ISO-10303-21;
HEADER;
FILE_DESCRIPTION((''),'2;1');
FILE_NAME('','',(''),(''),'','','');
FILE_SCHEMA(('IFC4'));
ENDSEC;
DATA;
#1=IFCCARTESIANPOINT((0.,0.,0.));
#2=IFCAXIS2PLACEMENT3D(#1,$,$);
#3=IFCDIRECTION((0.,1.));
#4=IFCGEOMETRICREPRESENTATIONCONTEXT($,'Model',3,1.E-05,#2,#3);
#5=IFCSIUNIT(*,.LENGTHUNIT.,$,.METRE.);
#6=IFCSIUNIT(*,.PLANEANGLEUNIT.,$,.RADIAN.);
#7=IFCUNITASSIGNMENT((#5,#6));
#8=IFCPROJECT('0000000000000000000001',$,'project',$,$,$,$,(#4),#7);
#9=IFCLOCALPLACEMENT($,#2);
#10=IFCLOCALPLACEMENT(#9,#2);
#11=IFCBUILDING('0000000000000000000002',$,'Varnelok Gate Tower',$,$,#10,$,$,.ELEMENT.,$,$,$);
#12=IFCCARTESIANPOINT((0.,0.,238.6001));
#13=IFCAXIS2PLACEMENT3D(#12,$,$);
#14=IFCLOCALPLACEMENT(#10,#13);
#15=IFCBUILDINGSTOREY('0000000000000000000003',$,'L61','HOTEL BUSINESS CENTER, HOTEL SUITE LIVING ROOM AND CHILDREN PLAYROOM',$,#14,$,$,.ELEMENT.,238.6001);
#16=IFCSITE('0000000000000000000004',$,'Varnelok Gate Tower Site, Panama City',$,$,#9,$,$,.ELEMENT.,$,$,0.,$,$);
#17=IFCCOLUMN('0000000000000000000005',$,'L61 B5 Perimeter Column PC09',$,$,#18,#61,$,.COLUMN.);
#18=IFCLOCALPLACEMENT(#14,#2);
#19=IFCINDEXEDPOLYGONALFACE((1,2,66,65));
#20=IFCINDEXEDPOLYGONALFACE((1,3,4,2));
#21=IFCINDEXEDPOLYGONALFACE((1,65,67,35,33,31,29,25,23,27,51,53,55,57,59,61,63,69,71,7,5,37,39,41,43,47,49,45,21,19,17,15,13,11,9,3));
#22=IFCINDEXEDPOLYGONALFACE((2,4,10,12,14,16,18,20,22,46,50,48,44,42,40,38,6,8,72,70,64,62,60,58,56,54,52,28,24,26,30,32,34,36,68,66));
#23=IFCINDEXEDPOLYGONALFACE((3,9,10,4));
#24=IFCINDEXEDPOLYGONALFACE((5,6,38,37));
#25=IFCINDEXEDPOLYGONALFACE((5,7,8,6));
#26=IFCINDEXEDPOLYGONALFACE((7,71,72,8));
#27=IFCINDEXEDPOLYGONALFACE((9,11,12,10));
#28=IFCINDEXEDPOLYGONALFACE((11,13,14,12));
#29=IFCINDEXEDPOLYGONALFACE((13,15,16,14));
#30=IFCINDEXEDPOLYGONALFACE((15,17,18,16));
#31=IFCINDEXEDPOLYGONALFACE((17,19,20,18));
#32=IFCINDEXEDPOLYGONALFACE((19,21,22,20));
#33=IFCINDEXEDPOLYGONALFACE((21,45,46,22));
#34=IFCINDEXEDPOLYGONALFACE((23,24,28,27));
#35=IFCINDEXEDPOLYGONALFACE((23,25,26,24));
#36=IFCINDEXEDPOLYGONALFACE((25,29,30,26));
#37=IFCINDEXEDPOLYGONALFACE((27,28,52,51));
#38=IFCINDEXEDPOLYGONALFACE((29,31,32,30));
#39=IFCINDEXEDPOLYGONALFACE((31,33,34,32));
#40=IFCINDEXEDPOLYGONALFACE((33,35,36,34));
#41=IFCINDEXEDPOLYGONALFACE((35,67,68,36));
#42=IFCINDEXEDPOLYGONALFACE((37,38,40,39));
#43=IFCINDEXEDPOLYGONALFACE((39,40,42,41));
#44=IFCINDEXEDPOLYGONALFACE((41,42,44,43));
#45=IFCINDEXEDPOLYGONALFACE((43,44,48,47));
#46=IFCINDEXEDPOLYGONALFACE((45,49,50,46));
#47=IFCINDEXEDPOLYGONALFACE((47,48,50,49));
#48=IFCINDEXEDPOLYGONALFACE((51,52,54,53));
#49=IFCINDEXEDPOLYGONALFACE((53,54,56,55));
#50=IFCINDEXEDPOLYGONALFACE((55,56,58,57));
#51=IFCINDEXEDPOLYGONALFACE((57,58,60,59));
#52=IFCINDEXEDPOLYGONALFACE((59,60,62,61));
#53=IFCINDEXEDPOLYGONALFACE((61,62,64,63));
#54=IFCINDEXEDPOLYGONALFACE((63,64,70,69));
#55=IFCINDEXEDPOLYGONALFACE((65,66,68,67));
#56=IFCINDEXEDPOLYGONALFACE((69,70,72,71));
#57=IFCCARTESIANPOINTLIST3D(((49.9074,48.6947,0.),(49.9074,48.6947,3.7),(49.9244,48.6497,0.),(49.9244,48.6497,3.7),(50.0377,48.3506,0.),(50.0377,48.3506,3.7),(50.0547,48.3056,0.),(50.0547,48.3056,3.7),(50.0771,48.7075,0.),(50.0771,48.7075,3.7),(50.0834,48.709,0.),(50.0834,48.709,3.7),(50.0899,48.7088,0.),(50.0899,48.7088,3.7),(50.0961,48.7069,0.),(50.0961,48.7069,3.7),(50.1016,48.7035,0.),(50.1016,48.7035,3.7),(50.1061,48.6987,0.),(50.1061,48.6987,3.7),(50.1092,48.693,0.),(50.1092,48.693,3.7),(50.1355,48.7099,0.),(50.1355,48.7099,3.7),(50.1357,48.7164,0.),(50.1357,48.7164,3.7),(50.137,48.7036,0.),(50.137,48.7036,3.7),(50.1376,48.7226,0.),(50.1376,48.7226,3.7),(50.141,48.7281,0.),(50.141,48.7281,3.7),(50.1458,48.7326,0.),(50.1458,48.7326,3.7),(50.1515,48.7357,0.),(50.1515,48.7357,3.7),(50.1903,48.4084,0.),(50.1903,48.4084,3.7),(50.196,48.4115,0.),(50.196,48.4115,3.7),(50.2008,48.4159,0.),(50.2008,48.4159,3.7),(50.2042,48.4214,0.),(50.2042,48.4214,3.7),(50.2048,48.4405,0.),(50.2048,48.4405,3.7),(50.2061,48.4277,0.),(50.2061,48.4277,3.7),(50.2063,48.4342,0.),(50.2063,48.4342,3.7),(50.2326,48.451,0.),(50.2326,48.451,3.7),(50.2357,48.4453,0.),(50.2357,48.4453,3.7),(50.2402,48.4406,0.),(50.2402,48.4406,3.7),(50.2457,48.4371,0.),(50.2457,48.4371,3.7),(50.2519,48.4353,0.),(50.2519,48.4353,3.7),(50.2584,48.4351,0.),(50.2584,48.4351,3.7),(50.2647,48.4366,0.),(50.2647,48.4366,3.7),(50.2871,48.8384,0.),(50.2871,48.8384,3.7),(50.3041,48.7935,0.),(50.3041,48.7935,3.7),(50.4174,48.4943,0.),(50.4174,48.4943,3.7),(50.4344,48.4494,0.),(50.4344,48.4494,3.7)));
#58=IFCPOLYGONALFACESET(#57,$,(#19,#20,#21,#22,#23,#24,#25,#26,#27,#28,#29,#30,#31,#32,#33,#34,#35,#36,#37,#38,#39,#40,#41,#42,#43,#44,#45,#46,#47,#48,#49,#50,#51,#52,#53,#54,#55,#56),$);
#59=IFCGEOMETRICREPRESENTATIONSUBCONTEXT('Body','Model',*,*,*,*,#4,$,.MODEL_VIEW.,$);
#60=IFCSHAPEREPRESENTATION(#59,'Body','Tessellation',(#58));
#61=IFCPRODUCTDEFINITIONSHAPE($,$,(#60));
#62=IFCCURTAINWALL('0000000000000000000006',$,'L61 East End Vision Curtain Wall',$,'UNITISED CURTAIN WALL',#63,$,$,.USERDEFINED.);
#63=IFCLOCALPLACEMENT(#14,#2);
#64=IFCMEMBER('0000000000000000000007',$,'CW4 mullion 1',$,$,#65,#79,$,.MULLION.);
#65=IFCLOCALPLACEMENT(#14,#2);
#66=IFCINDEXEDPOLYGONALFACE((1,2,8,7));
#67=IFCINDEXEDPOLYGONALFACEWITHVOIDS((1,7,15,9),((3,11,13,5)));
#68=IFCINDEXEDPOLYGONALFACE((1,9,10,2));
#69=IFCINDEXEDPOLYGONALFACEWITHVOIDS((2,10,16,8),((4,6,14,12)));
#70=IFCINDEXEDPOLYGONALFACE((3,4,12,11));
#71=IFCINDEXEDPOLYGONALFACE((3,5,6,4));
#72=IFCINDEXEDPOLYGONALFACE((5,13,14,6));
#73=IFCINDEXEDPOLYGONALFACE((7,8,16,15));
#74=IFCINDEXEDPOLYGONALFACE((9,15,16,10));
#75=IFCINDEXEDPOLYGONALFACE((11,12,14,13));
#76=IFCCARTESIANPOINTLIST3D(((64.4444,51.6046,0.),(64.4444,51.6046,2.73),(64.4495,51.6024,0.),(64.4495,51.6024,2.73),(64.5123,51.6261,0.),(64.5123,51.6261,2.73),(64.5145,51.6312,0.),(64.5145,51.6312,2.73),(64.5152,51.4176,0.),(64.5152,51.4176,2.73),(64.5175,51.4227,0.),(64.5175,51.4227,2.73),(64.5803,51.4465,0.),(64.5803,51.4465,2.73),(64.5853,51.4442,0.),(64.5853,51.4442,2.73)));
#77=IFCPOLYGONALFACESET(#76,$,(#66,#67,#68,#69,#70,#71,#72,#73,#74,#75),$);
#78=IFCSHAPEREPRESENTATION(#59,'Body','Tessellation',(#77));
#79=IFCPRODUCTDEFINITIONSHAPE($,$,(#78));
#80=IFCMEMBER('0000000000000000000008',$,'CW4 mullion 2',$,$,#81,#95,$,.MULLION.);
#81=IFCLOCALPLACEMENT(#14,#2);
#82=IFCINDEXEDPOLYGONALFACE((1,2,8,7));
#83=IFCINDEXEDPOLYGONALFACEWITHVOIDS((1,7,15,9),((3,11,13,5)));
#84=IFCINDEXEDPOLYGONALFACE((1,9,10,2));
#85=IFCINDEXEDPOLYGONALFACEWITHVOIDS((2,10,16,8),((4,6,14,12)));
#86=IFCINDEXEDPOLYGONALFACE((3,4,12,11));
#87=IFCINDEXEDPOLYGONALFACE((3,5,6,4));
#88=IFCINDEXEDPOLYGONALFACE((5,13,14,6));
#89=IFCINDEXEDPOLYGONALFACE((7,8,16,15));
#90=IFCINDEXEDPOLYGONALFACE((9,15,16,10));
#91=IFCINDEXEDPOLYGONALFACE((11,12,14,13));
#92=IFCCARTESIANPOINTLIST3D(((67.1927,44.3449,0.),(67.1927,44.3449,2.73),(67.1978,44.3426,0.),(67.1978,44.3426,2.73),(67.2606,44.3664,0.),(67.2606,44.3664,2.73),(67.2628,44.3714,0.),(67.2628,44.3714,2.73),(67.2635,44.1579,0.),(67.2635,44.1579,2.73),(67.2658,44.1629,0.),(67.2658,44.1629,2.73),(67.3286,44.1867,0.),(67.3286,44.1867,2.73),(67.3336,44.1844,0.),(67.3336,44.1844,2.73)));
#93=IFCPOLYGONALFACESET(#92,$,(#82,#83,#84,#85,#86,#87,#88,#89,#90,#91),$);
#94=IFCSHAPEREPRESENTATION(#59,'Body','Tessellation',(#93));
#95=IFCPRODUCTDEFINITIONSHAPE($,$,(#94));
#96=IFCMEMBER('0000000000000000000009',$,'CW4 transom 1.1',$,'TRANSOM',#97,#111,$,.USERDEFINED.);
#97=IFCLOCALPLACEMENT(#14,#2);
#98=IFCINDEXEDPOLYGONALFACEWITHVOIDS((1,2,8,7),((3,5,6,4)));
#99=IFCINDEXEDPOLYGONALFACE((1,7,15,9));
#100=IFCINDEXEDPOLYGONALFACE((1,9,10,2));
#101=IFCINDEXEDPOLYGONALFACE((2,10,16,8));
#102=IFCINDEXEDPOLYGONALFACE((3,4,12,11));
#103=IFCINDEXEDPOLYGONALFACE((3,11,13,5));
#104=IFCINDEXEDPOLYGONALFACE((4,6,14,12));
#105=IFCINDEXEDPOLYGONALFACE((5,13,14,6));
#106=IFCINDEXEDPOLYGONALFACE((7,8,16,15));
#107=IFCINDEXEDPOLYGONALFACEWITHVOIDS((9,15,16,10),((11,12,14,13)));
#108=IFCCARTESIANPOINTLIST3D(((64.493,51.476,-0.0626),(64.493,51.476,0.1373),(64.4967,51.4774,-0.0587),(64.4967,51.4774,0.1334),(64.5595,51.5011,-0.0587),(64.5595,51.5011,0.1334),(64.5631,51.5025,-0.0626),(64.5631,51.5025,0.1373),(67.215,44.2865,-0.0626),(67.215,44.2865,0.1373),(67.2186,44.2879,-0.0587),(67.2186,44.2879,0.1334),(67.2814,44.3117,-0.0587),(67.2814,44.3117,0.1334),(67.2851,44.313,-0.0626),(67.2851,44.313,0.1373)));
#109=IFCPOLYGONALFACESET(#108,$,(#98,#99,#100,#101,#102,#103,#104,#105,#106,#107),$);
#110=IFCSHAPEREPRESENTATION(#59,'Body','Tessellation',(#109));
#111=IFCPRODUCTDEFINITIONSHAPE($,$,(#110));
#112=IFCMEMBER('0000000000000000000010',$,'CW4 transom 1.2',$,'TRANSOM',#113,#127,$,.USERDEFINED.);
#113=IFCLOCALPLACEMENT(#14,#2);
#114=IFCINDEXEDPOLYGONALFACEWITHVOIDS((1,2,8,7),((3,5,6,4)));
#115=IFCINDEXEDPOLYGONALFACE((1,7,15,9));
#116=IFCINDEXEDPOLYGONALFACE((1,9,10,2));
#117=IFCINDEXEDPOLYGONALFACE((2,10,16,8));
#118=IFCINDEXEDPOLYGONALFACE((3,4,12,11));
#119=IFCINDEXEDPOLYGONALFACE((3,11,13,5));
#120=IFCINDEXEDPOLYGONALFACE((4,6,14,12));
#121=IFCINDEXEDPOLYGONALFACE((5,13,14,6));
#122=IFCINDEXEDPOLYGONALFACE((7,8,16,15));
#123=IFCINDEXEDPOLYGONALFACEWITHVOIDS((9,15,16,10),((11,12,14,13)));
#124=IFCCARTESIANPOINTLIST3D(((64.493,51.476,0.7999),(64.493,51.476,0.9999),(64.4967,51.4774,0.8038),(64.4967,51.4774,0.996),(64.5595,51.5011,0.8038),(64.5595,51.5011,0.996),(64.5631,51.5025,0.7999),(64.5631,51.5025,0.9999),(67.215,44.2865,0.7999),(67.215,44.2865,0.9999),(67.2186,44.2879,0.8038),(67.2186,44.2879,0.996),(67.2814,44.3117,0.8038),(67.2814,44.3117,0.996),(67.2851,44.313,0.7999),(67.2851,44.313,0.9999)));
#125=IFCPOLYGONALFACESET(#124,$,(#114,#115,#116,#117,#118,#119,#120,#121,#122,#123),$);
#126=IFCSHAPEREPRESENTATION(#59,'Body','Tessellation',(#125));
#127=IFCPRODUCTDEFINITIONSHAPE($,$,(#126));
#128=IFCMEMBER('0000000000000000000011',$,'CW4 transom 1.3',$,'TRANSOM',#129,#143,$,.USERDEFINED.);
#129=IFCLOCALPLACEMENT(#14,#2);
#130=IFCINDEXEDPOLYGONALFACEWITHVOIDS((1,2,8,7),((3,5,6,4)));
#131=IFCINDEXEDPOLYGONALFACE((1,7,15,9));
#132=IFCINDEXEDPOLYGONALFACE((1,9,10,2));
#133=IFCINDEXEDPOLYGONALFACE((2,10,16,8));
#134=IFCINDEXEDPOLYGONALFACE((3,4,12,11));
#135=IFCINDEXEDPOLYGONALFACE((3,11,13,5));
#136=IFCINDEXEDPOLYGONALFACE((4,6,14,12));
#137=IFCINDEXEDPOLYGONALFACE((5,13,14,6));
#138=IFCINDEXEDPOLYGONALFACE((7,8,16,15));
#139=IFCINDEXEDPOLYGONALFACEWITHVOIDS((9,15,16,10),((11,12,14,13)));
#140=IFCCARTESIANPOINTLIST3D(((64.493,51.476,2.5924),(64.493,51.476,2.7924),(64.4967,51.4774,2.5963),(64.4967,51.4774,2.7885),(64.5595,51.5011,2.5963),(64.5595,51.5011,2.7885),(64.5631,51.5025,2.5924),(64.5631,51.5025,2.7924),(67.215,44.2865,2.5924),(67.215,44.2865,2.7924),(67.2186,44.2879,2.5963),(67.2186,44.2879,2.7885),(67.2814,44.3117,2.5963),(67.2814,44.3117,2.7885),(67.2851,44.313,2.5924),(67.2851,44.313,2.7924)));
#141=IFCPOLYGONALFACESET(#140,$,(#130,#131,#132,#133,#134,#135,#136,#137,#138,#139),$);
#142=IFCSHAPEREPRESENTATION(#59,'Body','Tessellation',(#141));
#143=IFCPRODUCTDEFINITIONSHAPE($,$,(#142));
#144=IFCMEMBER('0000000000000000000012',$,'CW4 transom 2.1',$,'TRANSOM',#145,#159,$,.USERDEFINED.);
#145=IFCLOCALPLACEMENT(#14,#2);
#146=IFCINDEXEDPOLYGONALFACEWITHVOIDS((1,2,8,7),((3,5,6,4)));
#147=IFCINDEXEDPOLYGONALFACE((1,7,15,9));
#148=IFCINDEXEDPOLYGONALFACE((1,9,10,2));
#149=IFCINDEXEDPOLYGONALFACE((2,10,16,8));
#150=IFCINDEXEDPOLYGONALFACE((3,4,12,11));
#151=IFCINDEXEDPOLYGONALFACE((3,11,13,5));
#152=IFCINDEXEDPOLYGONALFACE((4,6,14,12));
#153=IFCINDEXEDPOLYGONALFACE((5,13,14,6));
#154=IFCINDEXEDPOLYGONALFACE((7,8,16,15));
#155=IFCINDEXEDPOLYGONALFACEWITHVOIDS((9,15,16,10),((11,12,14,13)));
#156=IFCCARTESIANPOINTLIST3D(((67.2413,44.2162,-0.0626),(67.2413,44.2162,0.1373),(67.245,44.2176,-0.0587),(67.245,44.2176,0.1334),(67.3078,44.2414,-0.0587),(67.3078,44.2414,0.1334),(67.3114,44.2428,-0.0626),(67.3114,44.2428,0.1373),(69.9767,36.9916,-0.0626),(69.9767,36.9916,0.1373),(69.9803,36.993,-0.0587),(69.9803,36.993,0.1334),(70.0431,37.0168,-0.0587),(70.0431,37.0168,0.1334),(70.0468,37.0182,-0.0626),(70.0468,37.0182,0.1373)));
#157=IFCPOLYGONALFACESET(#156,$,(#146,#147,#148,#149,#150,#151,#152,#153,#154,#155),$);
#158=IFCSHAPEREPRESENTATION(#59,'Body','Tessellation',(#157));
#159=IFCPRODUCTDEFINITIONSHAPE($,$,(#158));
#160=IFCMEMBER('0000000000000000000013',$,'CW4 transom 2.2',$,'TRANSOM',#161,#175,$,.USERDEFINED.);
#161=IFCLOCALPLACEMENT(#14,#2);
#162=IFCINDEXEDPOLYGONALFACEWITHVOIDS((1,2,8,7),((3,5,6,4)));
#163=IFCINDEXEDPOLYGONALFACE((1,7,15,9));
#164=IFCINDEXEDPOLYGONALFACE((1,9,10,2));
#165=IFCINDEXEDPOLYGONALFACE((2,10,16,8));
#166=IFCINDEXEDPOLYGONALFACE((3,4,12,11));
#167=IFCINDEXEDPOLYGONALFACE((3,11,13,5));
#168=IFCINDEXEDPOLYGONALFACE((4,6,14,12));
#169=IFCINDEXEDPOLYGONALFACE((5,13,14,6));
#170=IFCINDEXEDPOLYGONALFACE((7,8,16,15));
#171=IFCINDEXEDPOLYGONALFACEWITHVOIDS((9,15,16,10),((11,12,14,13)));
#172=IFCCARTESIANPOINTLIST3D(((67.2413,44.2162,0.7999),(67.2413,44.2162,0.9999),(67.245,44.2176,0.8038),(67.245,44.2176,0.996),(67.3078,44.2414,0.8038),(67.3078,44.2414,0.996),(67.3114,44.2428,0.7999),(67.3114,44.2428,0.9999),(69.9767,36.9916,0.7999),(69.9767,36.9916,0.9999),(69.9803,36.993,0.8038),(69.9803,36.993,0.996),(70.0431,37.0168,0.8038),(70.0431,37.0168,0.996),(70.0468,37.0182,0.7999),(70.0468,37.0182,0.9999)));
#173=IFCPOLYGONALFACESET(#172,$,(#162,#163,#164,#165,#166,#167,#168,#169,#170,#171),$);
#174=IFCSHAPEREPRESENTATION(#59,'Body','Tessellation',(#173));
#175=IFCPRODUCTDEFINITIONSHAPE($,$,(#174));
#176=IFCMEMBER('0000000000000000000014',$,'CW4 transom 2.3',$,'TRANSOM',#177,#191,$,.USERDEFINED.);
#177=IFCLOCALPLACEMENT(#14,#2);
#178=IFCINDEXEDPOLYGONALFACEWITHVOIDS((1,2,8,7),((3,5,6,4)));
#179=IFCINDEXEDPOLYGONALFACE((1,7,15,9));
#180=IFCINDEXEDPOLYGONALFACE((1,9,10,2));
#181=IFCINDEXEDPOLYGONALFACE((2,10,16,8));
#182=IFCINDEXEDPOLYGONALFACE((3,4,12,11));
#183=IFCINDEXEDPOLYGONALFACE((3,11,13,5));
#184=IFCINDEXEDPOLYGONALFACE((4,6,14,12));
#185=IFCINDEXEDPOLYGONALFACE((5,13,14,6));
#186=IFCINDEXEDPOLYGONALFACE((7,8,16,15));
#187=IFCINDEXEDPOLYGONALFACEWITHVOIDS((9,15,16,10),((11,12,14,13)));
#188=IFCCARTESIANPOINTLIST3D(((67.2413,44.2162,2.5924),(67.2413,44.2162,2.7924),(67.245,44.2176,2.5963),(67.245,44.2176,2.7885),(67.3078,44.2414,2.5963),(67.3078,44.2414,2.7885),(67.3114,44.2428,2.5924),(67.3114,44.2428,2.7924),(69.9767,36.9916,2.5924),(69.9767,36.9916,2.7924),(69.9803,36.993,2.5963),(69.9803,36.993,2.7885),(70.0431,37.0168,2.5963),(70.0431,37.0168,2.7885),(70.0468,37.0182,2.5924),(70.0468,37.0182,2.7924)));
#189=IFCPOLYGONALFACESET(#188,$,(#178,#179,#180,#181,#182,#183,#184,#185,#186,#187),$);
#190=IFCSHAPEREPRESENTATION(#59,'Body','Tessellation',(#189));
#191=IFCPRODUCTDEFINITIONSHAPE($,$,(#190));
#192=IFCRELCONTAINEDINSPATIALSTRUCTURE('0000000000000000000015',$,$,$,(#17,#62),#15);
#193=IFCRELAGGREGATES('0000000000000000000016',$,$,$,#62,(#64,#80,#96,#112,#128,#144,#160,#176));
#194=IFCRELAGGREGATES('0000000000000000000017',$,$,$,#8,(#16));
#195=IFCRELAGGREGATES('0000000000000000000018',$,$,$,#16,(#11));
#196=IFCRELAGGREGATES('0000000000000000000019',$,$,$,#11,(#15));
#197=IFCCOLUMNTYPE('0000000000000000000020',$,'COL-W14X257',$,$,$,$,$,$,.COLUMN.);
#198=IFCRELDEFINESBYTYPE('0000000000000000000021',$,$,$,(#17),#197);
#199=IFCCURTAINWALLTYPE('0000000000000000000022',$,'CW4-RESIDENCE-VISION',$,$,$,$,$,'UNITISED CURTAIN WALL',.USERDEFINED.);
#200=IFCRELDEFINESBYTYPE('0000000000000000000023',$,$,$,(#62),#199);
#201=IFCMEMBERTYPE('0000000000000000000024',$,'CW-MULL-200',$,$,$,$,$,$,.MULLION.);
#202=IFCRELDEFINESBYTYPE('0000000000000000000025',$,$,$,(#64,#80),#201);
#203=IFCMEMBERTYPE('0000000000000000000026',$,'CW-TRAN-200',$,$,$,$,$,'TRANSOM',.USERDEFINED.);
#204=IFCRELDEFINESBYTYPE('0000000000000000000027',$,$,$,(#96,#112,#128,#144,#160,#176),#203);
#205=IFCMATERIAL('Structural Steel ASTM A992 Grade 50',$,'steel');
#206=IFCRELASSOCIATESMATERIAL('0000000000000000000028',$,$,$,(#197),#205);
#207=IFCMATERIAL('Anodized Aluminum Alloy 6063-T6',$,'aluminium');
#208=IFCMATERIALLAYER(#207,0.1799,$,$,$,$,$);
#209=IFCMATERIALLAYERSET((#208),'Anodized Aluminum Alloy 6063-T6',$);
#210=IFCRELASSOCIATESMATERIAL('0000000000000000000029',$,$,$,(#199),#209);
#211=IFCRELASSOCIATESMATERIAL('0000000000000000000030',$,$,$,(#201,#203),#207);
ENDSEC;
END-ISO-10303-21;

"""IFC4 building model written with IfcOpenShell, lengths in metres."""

from ifc_helpers import new_model, si_unit, direction, frame, origin, origin_2d, place, context, subcontext, project, spatial, hollow_rectangle, i_section, extrude, material, layer, layer_set, material_profile, profile_set, type_object, element, aggregate, save


model = new_model("IFC4")

# Units and contexts
model_context = context("Model", 3, precision=1e-05, world=origin(), true_north=direction((0.0, 1.0)))
body_context = subcontext(model_context, "Body", "Model", "MODEL_VIEW")
ifc_project = project(units=[si_unit("LENGTHUNIT", "METRE"), si_unit("PLANEANGLEUNIT", "RADIAN")], contexts=[model_context])

# Site, building, storey
site_placement = place(None, origin())
site = spatial("IfcSite", under=ifc_project, at=site_placement, Name="Varnelok Gate Tower Site, Panama City", CompositionType="ELEMENT", RefElevation=0.0)
building_placement = place(site_placement, origin())
building = spatial("IfcBuilding", under=site, at=building_placement, Name="Varnelok Gate Tower", CompositionType="ELEMENT")
storey_placement = place(building_placement, frame((0.0, 0.0, 238.6001)))
storey = spatial("IfcBuildingStorey", under=building, at=storey_placement, Name="L61", Description="HOTEL BUSINESS CENTER, HOTEL SUITE LIVING ROOM AND CHILDREN PLAYROOM", CompositionType="ELEMENT", Elevation=238.6001)

# Column
ifc_material_1 = material(Name="Structural Steel ASTM A992 Grade 50", Category="steel")
ifc_material_profile_1 = material_profile(ifc_material_1, i_section(OverallWidth=0.406, OverallDepth=0.416, WebThickness=0.0298, FlangeThickness=0.0481, FilletRadius=0.0249, at=origin_2d()), Name="W14X257")
ifc_profile_set_1 = profile_set([ifc_material_profile_1], Name="Structural Steel ASTM A992 Grade 50")
column_type = type_object("IfcColumnType", Name="COL-W14X257", PredefinedType="COLUMN", material=ifc_profile_set_1)
column_placement = place(storey_placement, frame((50.1709, 48.572, 0.0), z_axis=(0.0, 0.0, 1.0), x_axis=(0.935222, 0.354063, 0.0)))
element("IfcColumn", 1, at=column_placement, inside=storey, type_object=column_type, Name="L61 B5 Perimeter Column PC09", PredefinedType="COLUMN", context=body_context, shape_type="SweptSolid", body=[
    extrude(i_section(OverallWidth=0.406, OverallDepth=0.416, WebThickness=0.0298, FlangeThickness=0.0481, FilletRadius=0.0249, at=origin_2d()), origin(), (0.0, 0.0, 1.0), 3.7),
])

# Curtain wall, members
ifc_material_2 = material(Name="Anodized Aluminum Alloy 6063-T6", Category="aluminium")
ifc_layer_1 = layer(ifc_material_2, 0.1799)
ifc_layer_set_1 = layer_set([ifc_layer_1], Name="Anodized Aluminum Alloy 6063-T6")
curtain_wall_type = type_object("IfcCurtainWallType", Name="CW4-RESIDENCE-VISION", ElementType="UNITISED CURTAIN WALL", PredefinedType="USERDEFINED", material=ifc_layer_set_1)
curtain_wall_placement = place(storey_placement, origin())
curtain_wall = element("IfcCurtainWall", 2, at=curtain_wall_placement, inside=storey, type_object=curtain_wall_type, Name="L61 East End Vision Curtain Wall", ObjectType="UNITISED CURTAIN WALL", PredefinedType="USERDEFINED")
ifc_material_profile_2 = material_profile(ifc_material_2, hollow_rectangle(XDim=0.075, YDim=0.2, WallThickness=0.0039, at=origin_2d()), Name="ALU200X75X4")
ifc_profile_set_2 = profile_set([ifc_material_profile_2], Name="Anodized Aluminum Alloy 6063-T6")
member_type_1 = type_object("IfcMemberType", Name="CW-MULL-200", PredefinedType="MULLION", material=ifc_profile_set_2)
member_1_placement = place(storey_placement, frame((64.5149, 51.5244, 0.0), z_axis=(0.0, 0.0, 1.0), x_axis=(0.935222, 0.354063, 0.0)))
member_1 = element("IfcMember", 3, at=member_1_placement, type_object=member_type_1, Name="CW4 mullion 1", PredefinedType="MULLION", context=body_context, shape_type="SweptSolid", body=[
    extrude(hollow_rectangle(XDim=0.075, YDim=0.2, WallThickness=0.0039, at=origin_2d()), origin(), (0.0, 0.0, 1.0), 2.73),
])
member_2_placement = place(storey_placement, frame((67.2632, 44.2646, 0.0), z_axis=(0.0, 0.0, 1.0), x_axis=(0.935222, 0.354063, 0.0)))
member_2 = element("IfcMember", 4, at=member_2_placement, type_object=member_type_1, Name="CW4 mullion 2", PredefinedType="MULLION", context=body_context, shape_type="SweptSolid", body=[
    extrude(hollow_rectangle(XDim=0.075, YDim=0.2, WallThickness=0.0039, at=origin_2d()), origin(), (0.0, 0.0, 1.0), 2.73),
])
ifc_material_profile_3 = material_profile(ifc_material_2, hollow_rectangle(XDim=0.075, YDim=0.2, WallThickness=0.0039, at=origin_2d()), Name="ALU200X75X4")
ifc_profile_set_3 = profile_set([ifc_material_profile_3], Name="Anodized Aluminum Alloy 6063-T6")
member_type_2 = type_object("IfcMemberType", Name="CW-TRAN-200", ElementType="TRANSOM", PredefinedType="USERDEFINED", material=ifc_profile_set_3)
member_3_placement = place(storey_placement, frame((64.5281, 51.4893, 0.0374), z_axis=(0.354073, -0.935218, 0.0), x_axis=(0.935218, 0.354073, 0.0)))
member_3 = element("IfcMember", 5, at=member_3_placement, type_object=member_type_2, Name="CW4 transom 1.1", ObjectType="TRANSOM", PredefinedType="USERDEFINED", context=body_context, shape_type="SweptSolid", body=[
    extrude(hollow_rectangle(XDim=0.075, YDim=0.2, WallThickness=0.0039, at=origin_2d()), origin(), (0.0, 0.0, 1.0), 7.6875),
])
member_4_placement = place(storey_placement, frame((64.5281, 51.4893, 0.8999), z_axis=(0.354073, -0.935218, 0.0), x_axis=(0.935218, 0.354073, 0.0)))
member_4 = element("IfcMember", 6, at=member_4_placement, type_object=member_type_2, Name="CW4 transom 1.2", ObjectType="TRANSOM", PredefinedType="USERDEFINED", context=body_context, shape_type="SweptSolid", body=[
    extrude(hollow_rectangle(XDim=0.075, YDim=0.2, WallThickness=0.0039, at=origin_2d()), origin(), (0.0, 0.0, 1.0), 7.6875),
])
member_5_placement = place(storey_placement, frame((64.5281, 51.4893, 2.6924), z_axis=(0.354073, -0.935218, 0.0), x_axis=(0.935218, 0.354073, 0.0)))
member_5 = element("IfcMember", 7, at=member_5_placement, type_object=member_type_2, Name="CW4 transom 1.3", ObjectType="TRANSOM", PredefinedType="USERDEFINED", context=body_context, shape_type="SweptSolid", body=[
    extrude(hollow_rectangle(XDim=0.075, YDim=0.2, WallThickness=0.0039, at=origin_2d()), origin(), (0.0, 0.0, 1.0), 7.6875),
])
member_6_placement = place(storey_placement, frame((67.2764, 44.2295, 0.0374), z_axis=(0.354086, -0.935213, 0.0), x_axis=(0.935213, 0.354086, 0.0)))
member_6 = element("IfcMember", 8, at=member_6_placement, type_object=member_type_2, Name="CW4 transom 2.1", ObjectType="TRANSOM", PredefinedType="USERDEFINED", context=body_context, shape_type="SweptSolid", body=[
    extrude(hollow_rectangle(XDim=0.075, YDim=0.2, WallThickness=0.0039, at=origin_2d()), origin(), (0.0, 0.0, 1.0), 7.7251),
])
member_7_placement = place(storey_placement, frame((67.2764, 44.2295, 0.8999), z_axis=(0.354086, -0.935213, 0.0), x_axis=(0.935213, 0.354086, 0.0)))
member_7 = element("IfcMember", 9, at=member_7_placement, type_object=member_type_2, Name="CW4 transom 2.2", ObjectType="TRANSOM", PredefinedType="USERDEFINED", context=body_context, shape_type="SweptSolid", body=[
    extrude(hollow_rectangle(XDim=0.075, YDim=0.2, WallThickness=0.0039, at=origin_2d()), origin(), (0.0, 0.0, 1.0), 7.7251),
])
member_8_placement = place(storey_placement, frame((67.2764, 44.2295, 2.6924), z_axis=(0.354086, -0.935213, 0.0), x_axis=(0.935213, 0.354086, 0.0)))
member_8 = element("IfcMember", 10, at=member_8_placement, type_object=member_type_2, Name="CW4 transom 2.3", ObjectType="TRANSOM", PredefinedType="USERDEFINED", context=body_context, shape_type="SweptSolid", body=[
    extrude(hollow_rectangle(XDim=0.075, YDim=0.2, WallThickness=0.0039, at=origin_2d()), origin(), (0.0, 0.0, 1.0), 7.7251),
])
aggregate(curtain_wall, [member_1, member_2, member_3, member_4, member_5, member_6, member_7, member_8])

save(model, "model.ifc")
